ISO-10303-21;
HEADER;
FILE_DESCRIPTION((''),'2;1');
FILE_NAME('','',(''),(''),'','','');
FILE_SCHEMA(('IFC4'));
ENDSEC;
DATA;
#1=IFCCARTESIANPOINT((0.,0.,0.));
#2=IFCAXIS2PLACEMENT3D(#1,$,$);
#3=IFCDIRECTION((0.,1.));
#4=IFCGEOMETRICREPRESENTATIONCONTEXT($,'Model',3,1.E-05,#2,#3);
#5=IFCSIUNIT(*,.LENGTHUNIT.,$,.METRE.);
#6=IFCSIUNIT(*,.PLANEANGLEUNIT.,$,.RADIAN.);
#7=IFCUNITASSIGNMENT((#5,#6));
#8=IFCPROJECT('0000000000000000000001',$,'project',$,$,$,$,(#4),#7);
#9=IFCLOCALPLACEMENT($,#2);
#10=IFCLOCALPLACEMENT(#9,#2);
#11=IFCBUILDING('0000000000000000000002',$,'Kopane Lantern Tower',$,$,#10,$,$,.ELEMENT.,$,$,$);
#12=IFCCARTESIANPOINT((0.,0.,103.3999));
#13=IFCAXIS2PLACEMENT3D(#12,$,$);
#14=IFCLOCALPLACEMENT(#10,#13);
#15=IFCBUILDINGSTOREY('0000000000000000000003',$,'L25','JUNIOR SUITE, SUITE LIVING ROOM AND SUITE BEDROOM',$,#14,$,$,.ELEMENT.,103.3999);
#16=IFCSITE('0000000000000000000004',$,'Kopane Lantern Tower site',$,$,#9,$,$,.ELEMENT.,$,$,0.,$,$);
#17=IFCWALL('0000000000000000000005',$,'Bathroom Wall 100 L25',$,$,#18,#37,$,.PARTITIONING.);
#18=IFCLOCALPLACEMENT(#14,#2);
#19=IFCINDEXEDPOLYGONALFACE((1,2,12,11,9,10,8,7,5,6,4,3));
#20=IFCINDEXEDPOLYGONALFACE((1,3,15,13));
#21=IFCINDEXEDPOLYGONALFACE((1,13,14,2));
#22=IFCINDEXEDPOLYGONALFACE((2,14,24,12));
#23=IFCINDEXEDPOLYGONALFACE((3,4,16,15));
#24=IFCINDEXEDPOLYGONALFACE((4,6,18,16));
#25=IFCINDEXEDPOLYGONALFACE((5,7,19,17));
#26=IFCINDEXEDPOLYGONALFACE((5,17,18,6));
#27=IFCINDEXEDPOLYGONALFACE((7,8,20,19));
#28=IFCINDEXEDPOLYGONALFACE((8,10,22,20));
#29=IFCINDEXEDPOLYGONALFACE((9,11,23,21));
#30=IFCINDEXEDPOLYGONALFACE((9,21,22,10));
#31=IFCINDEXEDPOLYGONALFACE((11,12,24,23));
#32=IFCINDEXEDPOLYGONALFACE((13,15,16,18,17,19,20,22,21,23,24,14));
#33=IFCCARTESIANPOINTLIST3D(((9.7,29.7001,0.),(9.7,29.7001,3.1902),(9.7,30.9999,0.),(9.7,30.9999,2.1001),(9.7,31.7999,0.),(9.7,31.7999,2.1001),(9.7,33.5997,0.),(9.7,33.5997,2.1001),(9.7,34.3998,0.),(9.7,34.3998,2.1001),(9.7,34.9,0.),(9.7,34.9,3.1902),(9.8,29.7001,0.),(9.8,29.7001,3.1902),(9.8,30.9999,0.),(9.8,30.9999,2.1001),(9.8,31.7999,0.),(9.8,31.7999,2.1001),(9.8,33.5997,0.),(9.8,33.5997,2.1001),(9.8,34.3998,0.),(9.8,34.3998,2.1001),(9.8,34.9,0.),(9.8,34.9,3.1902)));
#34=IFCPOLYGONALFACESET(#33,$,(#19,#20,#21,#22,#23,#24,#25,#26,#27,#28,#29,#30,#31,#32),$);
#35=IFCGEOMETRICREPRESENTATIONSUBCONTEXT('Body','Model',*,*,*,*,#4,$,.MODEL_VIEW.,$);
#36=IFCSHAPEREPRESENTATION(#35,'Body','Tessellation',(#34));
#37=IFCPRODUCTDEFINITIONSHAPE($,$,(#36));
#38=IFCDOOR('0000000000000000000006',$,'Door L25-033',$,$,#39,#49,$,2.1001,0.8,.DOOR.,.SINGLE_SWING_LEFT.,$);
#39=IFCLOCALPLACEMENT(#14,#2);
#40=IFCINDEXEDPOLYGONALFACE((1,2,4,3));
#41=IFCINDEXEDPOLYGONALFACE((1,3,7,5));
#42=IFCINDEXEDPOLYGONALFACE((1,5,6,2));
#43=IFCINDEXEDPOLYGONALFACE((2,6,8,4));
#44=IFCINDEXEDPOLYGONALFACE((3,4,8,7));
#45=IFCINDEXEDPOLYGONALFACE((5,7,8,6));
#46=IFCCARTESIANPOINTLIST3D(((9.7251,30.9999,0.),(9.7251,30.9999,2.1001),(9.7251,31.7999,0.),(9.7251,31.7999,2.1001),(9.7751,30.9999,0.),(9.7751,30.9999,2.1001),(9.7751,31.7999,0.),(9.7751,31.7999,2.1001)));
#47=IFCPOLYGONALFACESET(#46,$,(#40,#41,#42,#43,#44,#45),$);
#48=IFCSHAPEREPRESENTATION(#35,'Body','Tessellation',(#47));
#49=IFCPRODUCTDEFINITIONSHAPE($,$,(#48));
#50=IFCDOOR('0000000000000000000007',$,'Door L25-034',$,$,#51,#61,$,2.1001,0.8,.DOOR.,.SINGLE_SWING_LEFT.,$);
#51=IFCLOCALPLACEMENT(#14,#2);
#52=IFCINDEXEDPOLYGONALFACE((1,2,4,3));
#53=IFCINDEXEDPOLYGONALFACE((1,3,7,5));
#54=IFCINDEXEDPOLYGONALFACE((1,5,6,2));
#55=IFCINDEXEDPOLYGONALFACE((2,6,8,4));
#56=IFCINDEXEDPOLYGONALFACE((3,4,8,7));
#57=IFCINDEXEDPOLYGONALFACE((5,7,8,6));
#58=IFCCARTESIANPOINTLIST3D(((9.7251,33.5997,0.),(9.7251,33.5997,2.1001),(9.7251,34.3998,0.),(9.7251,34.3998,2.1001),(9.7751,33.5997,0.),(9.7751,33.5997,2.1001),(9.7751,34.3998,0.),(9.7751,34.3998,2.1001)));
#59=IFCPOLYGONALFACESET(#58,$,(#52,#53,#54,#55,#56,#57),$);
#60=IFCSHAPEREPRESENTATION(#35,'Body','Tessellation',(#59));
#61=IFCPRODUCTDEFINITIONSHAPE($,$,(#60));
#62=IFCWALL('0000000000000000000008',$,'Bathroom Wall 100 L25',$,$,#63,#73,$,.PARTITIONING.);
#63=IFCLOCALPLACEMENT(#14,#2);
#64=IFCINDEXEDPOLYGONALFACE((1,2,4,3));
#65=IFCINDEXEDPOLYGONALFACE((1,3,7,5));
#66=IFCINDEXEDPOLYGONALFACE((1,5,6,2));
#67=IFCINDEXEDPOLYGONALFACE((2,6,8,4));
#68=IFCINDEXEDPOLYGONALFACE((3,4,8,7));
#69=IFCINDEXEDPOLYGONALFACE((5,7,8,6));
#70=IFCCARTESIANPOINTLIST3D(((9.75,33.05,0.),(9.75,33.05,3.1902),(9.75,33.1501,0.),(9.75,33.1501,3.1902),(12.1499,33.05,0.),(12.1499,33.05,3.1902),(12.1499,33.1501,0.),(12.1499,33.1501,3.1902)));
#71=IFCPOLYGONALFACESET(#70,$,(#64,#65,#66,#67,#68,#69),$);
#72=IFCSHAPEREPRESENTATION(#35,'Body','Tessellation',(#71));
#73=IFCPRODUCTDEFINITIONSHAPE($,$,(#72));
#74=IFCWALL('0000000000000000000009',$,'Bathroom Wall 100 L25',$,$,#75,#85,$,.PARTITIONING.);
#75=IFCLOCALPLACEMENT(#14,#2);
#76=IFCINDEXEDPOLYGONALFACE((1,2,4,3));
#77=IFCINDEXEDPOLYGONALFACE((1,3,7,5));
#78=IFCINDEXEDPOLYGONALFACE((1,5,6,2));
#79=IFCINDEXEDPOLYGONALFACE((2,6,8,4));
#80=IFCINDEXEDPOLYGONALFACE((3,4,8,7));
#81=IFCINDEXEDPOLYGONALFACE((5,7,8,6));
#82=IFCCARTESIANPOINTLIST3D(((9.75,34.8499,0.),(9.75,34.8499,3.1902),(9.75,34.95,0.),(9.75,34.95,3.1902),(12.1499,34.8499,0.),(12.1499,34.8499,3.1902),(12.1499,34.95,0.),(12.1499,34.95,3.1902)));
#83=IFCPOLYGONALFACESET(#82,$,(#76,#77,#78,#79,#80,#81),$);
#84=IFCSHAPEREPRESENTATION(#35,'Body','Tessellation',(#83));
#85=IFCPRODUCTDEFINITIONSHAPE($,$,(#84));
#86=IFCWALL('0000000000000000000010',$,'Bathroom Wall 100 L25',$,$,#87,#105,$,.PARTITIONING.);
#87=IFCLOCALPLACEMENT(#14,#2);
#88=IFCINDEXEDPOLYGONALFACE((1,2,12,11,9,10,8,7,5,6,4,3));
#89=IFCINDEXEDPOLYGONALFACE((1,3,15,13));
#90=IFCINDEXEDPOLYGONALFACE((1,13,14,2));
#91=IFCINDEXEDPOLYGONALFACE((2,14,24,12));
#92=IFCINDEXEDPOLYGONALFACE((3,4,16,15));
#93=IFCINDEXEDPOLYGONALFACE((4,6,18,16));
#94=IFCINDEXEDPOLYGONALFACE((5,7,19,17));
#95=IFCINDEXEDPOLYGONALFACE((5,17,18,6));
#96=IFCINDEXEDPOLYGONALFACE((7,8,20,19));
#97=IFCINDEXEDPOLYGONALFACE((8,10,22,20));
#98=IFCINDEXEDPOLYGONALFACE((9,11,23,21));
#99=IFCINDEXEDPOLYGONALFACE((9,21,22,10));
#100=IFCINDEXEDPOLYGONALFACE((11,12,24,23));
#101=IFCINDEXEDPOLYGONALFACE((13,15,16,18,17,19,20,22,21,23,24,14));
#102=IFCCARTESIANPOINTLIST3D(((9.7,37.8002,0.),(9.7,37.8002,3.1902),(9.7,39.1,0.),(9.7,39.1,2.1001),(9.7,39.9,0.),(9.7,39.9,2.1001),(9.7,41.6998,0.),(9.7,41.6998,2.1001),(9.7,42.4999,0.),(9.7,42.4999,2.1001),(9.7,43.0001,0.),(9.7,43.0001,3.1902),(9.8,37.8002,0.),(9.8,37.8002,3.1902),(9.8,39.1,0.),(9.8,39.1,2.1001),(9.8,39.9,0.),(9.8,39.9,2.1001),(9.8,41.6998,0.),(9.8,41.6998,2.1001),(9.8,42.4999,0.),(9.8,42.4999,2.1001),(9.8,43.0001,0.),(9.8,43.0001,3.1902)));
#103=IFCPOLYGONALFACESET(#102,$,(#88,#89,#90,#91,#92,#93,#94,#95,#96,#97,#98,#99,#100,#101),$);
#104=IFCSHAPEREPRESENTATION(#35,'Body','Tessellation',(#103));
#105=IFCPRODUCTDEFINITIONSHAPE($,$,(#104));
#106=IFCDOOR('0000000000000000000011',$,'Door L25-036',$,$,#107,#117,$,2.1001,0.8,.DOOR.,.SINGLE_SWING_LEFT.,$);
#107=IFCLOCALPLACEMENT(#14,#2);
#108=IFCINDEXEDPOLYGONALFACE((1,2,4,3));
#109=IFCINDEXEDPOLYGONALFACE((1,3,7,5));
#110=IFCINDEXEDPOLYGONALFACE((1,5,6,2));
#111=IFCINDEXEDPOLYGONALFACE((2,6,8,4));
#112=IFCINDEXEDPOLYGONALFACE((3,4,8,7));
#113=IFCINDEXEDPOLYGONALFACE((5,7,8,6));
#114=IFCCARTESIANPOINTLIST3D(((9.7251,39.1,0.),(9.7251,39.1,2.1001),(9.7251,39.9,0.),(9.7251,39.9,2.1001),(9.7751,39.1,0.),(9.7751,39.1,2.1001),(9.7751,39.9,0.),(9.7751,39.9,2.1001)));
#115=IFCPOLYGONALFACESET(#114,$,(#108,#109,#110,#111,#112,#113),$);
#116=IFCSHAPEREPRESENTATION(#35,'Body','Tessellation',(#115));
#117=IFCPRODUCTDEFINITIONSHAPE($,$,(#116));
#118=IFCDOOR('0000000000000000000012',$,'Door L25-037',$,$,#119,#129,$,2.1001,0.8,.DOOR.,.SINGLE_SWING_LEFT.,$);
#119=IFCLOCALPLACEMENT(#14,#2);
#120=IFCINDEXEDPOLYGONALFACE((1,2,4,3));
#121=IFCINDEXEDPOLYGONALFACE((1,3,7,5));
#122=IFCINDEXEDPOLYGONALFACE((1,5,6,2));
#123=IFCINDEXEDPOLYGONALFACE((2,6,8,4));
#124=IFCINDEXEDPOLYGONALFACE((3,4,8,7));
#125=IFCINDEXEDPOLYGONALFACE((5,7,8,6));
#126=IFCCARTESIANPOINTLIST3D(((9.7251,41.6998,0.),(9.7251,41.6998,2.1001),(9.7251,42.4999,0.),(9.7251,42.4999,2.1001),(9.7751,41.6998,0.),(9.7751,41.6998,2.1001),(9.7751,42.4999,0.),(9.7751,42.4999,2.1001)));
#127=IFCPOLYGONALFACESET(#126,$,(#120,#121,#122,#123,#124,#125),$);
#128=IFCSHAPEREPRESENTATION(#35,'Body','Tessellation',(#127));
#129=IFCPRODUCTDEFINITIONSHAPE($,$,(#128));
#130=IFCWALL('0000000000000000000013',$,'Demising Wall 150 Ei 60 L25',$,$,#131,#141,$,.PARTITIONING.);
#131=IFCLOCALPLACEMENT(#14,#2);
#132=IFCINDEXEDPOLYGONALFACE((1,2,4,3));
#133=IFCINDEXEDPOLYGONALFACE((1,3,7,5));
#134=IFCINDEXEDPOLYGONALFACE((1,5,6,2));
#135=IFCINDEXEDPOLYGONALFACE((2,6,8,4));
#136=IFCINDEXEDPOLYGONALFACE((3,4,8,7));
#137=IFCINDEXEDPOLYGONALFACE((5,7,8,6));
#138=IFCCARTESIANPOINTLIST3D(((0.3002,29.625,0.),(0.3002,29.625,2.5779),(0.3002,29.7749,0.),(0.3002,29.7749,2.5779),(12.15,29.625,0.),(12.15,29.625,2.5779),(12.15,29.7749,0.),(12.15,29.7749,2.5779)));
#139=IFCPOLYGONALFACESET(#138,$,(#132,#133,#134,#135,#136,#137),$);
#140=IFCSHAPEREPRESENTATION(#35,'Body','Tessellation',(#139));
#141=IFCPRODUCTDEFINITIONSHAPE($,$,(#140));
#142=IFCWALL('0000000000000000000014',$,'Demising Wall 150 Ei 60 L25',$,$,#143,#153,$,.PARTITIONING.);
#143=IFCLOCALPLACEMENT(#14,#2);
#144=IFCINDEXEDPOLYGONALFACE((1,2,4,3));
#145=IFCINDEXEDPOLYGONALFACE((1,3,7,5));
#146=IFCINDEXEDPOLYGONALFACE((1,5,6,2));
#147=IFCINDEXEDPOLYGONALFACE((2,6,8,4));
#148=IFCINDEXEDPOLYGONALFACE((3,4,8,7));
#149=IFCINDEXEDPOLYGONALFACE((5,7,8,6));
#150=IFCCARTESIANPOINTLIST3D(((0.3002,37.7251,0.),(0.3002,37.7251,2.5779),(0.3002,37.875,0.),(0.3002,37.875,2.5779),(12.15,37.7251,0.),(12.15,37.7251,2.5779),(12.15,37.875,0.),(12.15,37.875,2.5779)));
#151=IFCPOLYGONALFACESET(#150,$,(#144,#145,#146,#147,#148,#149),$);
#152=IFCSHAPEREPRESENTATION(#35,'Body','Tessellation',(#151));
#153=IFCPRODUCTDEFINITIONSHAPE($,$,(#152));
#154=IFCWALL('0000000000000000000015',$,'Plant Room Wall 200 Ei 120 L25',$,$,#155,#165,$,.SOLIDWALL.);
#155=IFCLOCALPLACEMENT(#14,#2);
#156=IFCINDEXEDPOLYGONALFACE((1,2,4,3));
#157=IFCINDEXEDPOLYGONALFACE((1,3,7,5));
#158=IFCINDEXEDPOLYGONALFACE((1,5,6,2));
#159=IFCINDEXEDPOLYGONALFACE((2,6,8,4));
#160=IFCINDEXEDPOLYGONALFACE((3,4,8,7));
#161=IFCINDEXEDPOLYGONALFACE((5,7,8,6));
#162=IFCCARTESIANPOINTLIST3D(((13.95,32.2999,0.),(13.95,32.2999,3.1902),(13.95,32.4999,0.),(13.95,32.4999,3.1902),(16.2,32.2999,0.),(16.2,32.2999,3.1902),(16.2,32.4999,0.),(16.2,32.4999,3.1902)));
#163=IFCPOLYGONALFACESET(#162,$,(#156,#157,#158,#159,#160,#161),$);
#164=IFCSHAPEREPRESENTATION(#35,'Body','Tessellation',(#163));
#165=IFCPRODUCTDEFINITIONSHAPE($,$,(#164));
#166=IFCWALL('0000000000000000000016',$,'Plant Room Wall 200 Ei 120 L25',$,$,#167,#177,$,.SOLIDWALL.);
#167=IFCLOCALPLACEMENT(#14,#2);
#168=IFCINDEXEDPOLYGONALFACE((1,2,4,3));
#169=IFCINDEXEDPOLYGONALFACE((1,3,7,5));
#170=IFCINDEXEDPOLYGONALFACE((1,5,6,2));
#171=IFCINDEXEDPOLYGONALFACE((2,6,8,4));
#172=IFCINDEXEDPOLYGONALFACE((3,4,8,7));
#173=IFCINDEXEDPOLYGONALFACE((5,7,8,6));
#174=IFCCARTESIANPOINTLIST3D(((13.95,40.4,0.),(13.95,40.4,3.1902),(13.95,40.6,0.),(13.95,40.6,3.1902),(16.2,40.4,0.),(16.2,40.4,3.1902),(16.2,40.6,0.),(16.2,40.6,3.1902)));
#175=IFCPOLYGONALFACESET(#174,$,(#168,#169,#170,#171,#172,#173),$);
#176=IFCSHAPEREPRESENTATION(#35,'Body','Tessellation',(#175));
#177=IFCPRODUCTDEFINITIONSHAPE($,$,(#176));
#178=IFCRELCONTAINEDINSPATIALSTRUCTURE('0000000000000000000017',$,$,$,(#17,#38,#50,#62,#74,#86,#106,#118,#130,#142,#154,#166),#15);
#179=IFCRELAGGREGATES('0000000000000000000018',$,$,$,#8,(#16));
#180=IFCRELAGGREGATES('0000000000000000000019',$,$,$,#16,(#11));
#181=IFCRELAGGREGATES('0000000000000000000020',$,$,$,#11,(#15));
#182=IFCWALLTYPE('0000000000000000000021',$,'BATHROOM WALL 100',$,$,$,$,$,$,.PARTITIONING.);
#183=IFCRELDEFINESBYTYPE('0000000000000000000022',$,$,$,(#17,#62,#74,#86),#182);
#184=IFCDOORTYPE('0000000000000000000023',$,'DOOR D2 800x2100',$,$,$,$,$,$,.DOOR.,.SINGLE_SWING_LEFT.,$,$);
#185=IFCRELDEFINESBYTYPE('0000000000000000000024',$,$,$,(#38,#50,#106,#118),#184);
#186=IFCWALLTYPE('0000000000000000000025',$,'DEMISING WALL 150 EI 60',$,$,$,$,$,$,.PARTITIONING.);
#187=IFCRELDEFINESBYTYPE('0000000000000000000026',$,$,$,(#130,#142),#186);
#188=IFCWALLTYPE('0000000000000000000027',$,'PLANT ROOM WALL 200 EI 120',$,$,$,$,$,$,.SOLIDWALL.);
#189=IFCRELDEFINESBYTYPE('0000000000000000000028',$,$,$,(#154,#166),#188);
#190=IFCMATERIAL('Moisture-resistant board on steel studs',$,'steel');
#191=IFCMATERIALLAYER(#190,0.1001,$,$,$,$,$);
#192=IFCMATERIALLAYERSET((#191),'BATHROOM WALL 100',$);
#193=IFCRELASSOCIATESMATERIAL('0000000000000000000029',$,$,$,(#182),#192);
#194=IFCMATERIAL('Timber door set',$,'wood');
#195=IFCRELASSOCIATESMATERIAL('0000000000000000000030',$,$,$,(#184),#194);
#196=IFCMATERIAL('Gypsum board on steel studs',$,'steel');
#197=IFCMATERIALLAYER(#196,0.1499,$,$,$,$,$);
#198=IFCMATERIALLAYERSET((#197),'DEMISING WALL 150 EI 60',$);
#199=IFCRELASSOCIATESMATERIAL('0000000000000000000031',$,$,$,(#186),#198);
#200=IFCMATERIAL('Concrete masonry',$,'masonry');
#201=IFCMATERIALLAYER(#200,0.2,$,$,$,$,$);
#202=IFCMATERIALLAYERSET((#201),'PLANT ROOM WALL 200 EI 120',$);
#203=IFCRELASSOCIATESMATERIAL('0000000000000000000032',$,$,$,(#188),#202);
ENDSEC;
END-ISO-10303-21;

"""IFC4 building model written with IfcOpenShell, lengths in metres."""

from ifc_helpers import new_model, si_unit, direction, frame, frame_2d, origin, place, context, subcontext, project, spatial, rectangle, extrude, material, layer, layer_set, type_object, element, fill, save


model = new_model("IFC4")

# Units and contexts
model_context = context("Model", 3, precision=1e-05, world=origin(), true_north=direction((0.0, 1.0)))
body_context = subcontext(model_context, "Body", "Model", "MODEL_VIEW")
ifc_project = project(units=[si_unit("LENGTHUNIT", "METRE"), si_unit("PLANEANGLEUNIT", "RADIAN")], contexts=[model_context])

# Site, building, storey
site_placement = place(None, origin())
site = spatial("IfcSite", under=ifc_project, at=site_placement, Name="Kopane Lantern Tower site", CompositionType="ELEMENT", RefElevation=0.0)
building_placement = place(site_placement, origin())
building = spatial("IfcBuilding", under=site, at=building_placement, Name="Kopane Lantern Tower", CompositionType="ELEMENT")
storey_placement = place(building_placement, frame((0.0, 0.0, 103.3999)))
storey = spatial("IfcBuildingStorey", under=building, at=storey_placement, Name="L25", Description="JUNIOR SUITE, SUITE LIVING ROOM AND SUITE BEDROOM", CompositionType="ELEMENT", Elevation=103.3999)

# Wall, openings, doors
ifc_material_1 = material(Name="Moisture-resistant board on steel studs", Category="steel")
ifc_layer_1 = layer(ifc_material_1, 0.1001)
ifc_layer_set_1 = layer_set([ifc_layer_1], Name="BATHROOM WALL 100")
wall_type_1 = type_object("IfcWallType", Name="BATHROOM WALL 100", PredefinedType="PARTITIONING", material=ifc_layer_set_1)
wall_1_placement = place(storey_placement, frame((9.75, 29.7, 0.0), z_axis=(0.0, 0.0, 1.0), x_axis=(0.0, 1.0, 0.0)))
wall_1 = element("IfcWall", 1, at=wall_1_placement, inside=storey, type_object=wall_type_1, Name="Bathroom Wall 100 L25", PredefinedType="PARTITIONING", context=body_context, shape_type="SweptSolid", body=[
    extrude(rectangle(XDim=5.2, YDim=0.1001, at=frame_2d((2.6001, 0.0))), origin(), (0.0, 0.0, 1.0), 3.1902),
])
opening_1_placement = place(wall_1_placement, frame((1.3, 0.0, 0.0)))
opening_1 = element("IfcOpeningElement", 2, at=opening_1_placement, cuts=wall_1, PredefinedType="OPENING", context=body_context, shape_type="SweptSolid", body=[
    extrude(rectangle(XDim=0.8, YDim=2.1001, at=frame_2d((0.3999, 1.05))), frame((0.0, 0.0601, 0.0), z_axis=(0.0, -1.0, 0.0), x_axis=(1.0, 0.0, 0.0)), (0.0, 0.0, 1.0), 0.1201),
])
opening_2_placement = place(wall_1_placement, frame((3.8999, 0.0, 0.0)))
opening_2 = element("IfcOpeningElement", 3, at=opening_2_placement, cuts=wall_1, PredefinedType="OPENING", context=body_context, shape_type="SweptSolid", body=[
    extrude(rectangle(XDim=0.8, YDim=2.1001, at=frame_2d((0.3999, 1.05))), frame((0.0, 0.0601, 0.0), z_axis=(0.0, -1.0, 0.0), x_axis=(1.0, 0.0, 0.0)), (0.0, 0.0, 1.0), 0.1201),
])
ifc_material_2 = material(Name="Timber door set", Category="wood")
door_type_1 = type_object("IfcDoorType", Name="DOOR D2 800x2100", OperationType="SINGLE_SWING_LEFT", PredefinedType="DOOR", material=ifc_material_2)
door_1_placement = place(opening_1_placement, origin())
door_1 = element("IfcDoor", 4, at=door_1_placement, inside=storey, type_object=door_type_1, Name="Door L25-033", OperationType="SINGLE_SWING_LEFT", OverallHeight=2.1001, OverallWidth=0.8, PredefinedType="DOOR", context=body_context, shape_type="SweptSolid", body=[
    extrude(rectangle(XDim=0.8, YDim=2.1001, at=frame_2d((0.3999, 1.05))), frame((0.0, 0.0249, 0.0), z_axis=(0.0, -1.0, 0.0), x_axis=(1.0, 0.0, 0.0)), (0.0, 0.0, 1.0), 0.05),
])
fill(opening_1, door_1)
door_2_placement = place(opening_2_placement, origin())
door_2 = element("IfcDoor", 5, at=door_2_placement, inside=storey, type_object=door_type_1, Name="Door L25-034", OperationType="SINGLE_SWING_LEFT", OverallHeight=2.1001, OverallWidth=0.8, PredefinedType="DOOR", context=body_context, shape_type="SweptSolid", body=[
    extrude(rectangle(XDim=0.8, YDim=2.1001, at=frame_2d((0.3999, 1.05))), frame((0.0, 0.0249, 0.0), z_axis=(0.0, -1.0, 0.0), x_axis=(1.0, 0.0, 0.0)), (0.0, 0.0, 1.0), 0.05),
])
fill(opening_2, door_2)

# Walls
for number, where, z_axis, x_axis, name in (
    (6, (12.1499, 33.1001, 0.0), (0.0, 0.0, 1.0), (-1.0, 0.0, 0.0), "Bathroom Wall 100 L25"),
    (7, (12.1499, 34.8999, 0.0), (0.0, 0.0, 1.0), (-1.0, 0.0, 0.0), "Bathroom Wall 100 L25"),
):
    element("IfcWall", number, at=place(storey_placement, frame(where, z_axis=z_axis, x_axis=x_axis)), inside=storey, type_object=wall_type_1, Name=name, PredefinedType="PARTITIONING", context=body_context, shape_type="SweptSolid", body=[
        extrude(rectangle(XDim=2.3999, YDim=0.1001, at=frame_2d((1.2, 0.0))), origin(), (0.0, 0.0, 1.0), 3.1902),
    ])

# Wall, openings, doors
wall_2_placement = place(storey_placement, frame((9.75, 37.8, 0.0), z_axis=(0.0, 0.0, 1.0), x_axis=(0.0, 1.0, 0.0)))
wall_2 = element("IfcWall", 8, at=wall_2_placement, inside=storey, type_object=wall_type_1, Name="Bathroom Wall 100 L25", PredefinedType="PARTITIONING", context=body_context, shape_type="SweptSolid", body=[
    extrude(rectangle(XDim=5.2, YDim=0.1001, at=frame_2d((2.6001, 0.0))), origin(), (0.0, 0.0, 1.0), 3.1902),
])
opening_3_placement = place(wall_2_placement, frame((1.3, 0.0, 0.0)))
opening_3 = element("IfcOpeningElement", 9, at=opening_3_placement, cuts=wall_2, PredefinedType="OPENING", context=body_context, shape_type="SweptSolid", body=[
    extrude(rectangle(XDim=0.8, YDim=2.1001, at=frame_2d((0.3999, 1.05))), frame((0.0, 0.0601, 0.0), z_axis=(0.0, -1.0, 0.0), x_axis=(1.0, 0.0, 0.0)), (0.0, 0.0, 1.0), 0.1201),
])
opening_4_placement = place(wall_2_placement, frame((3.8999, 0.0, 0.0)))
opening_4 = element("IfcOpeningElement", 10, at=opening_4_placement, cuts=wall_2, PredefinedType="OPENING", context=body_context, shape_type="SweptSolid", body=[
    extrude(rectangle(XDim=0.8, YDim=2.1001, at=frame_2d((0.3999, 1.05))), frame((0.0, 0.0601, 0.0), z_axis=(0.0, -1.0, 0.0), x_axis=(1.0, 0.0, 0.0)), (0.0, 0.0, 1.0), 0.1201),
])
door_3_placement = place(opening_3_placement, origin())
door_3 = element("IfcDoor", 11, at=door_3_placement, inside=storey, type_object=door_type_1, Name="Door L25-036", OperationType="SINGLE_SWING_LEFT", OverallHeight=2.1001, OverallWidth=0.8, PredefinedType="DOOR", context=body_context, shape_type="SweptSolid", body=[
    extrude(rectangle(XDim=0.8, YDim=2.1001, at=frame_2d((0.3999, 1.05))), frame((0.0, 0.0249, 0.0), z_axis=(0.0, -1.0, 0.0), x_axis=(1.0, 0.0, 0.0)), (0.0, 0.0, 1.0), 0.05),
])
fill(opening_3, door_3)
door_4_placement = place(opening_4_placement, origin())
door_4 = element("IfcDoor", 12, at=door_4_placement, inside=storey, type_object=door_type_1, Name="Door L25-037", OperationType="SINGLE_SWING_LEFT", OverallHeight=2.1001, OverallWidth=0.8, PredefinedType="DOOR", context=body_context, shape_type="SweptSolid", body=[
    extrude(rectangle(XDim=0.8, YDim=2.1001, at=frame_2d((0.3999, 1.05))), frame((0.0, 0.0249, 0.0), z_axis=(0.0, -1.0, 0.0), x_axis=(1.0, 0.0, 0.0)), (0.0, 0.0, 1.0), 0.05),
])
fill(opening_4, door_4)

# Walls
ifc_material_3 = material(Name="Gypsum board on steel studs", Category="steel")
ifc_layer_2 = layer(ifc_material_3, 0.1499)
ifc_layer_set_2 = layer_set([ifc_layer_2], Name="DEMISING WALL 150 EI 60")
wall_type_2 = type_object("IfcWallType", Name="DEMISING WALL 150 EI 60", PredefinedType="PARTITIONING", material=ifc_layer_set_2)
for number, where, z_axis, x_axis, name in (
    (13, (12.1499, 29.7, 0.0), (0.0, 0.0, 1.0), (-1.0, 0.0, 0.0), "Demising Wall 150 Ei 60 L25"),
    (14, (12.1499, 37.8, 0.0), (0.0, 0.0, 1.0), (-1.0, 0.0, 0.0), "Demising Wall 150 Ei 60 L25"),
):
    element("IfcWall", number, at=place(storey_placement, frame(where, z_axis=z_axis, x_axis=x_axis)), inside=storey, type_object=wall_type_2, Name=name, PredefinedType="PARTITIONING", context=body_context, shape_type="SweptSolid", body=[
        extrude(rectangle(XDim=11.8499, YDim=0.1499, at=frame_2d((5.9248, 0.0))), origin(), (0.0, 0.0, 1.0), 2.5779),
    ])
ifc_material_4 = material(Name="Concrete masonry", Category="masonry")
ifc_layer_3 = layer(ifc_material_4, 0.2)
ifc_layer_set_3 = layer_set([ifc_layer_3], Name="PLANT ROOM WALL 200 EI 120")
wall_type_3 = type_object("IfcWallType", Name="PLANT ROOM WALL 200 EI 120", PredefinedType="SOLIDWALL", material=ifc_layer_set_3)
for number, where, z_axis, x_axis, name in (
    (15, (13.95, 32.3999, 0.0), (0.0, 0.0, 1.0), (1.0, 0.0, 0.0), "Plant Room Wall 200 Ei 120 L25"),
    (16, (13.95, 40.5, 0.0), (0.0, 0.0, 1.0), (1.0, 0.0, 0.0), "Plant Room Wall 200 Ei 120 L25"),
):
    element("IfcWall", number, at=place(storey_placement, frame(where, z_axis=z_axis, x_axis=x_axis)), inside=storey, type_object=wall_type_3, Name=name, PredefinedType="SOLIDWALL", context=body_context, shape_type="SweptSolid", body=[
        extrude(rectangle(XDim=2.25, YDim=0.2, at=frame_2d((1.125, 0.0))), origin(), (0.0, 0.0, 1.0), 3.1902),
    ])

save(model, "model.ifc")
